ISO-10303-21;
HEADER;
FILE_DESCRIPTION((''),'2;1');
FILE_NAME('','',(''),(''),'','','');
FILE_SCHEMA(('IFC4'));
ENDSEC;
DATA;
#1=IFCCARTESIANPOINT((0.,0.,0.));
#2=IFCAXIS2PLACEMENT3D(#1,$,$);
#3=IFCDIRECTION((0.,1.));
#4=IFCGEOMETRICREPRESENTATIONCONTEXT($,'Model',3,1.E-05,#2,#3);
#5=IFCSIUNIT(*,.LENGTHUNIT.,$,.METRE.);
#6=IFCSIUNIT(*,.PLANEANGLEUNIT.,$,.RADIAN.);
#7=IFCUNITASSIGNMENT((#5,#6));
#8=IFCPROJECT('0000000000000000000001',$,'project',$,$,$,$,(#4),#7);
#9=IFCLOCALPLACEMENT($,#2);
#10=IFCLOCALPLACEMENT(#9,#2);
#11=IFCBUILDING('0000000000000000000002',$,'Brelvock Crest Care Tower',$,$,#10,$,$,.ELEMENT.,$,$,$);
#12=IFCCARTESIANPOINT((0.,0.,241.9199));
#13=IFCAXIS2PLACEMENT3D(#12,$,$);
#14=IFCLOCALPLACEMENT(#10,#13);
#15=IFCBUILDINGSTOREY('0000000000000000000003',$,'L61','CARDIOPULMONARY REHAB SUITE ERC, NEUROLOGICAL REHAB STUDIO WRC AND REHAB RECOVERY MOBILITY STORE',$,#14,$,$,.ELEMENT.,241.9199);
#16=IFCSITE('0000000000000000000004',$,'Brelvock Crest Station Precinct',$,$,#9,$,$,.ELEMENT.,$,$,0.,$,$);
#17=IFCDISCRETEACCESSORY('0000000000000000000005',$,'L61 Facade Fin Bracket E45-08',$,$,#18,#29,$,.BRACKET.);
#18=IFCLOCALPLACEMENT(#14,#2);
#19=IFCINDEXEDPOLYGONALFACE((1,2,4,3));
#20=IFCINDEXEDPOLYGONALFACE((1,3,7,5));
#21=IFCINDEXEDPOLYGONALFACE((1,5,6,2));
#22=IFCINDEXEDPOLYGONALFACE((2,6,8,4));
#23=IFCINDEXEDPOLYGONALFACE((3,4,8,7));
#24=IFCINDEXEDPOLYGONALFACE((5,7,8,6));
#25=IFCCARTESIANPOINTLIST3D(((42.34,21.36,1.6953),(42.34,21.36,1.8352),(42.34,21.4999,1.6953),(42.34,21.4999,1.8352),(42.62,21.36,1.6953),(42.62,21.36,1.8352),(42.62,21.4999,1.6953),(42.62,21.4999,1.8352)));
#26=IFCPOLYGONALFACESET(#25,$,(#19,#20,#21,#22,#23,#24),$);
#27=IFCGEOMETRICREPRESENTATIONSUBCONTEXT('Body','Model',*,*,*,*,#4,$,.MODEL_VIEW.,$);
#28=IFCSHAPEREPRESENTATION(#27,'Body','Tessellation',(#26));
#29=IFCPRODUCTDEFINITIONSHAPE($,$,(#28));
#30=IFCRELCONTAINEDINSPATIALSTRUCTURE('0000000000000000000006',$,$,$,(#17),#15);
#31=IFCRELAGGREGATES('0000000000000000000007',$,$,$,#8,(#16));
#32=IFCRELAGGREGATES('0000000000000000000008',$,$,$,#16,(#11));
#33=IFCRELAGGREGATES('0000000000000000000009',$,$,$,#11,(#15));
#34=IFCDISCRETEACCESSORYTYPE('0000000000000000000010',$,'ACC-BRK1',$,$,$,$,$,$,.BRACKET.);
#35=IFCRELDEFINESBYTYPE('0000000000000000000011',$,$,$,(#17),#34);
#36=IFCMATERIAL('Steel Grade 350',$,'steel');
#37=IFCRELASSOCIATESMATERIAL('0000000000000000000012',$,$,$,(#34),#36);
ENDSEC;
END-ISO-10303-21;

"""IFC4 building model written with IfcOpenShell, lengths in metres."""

from ifc_helpers import new_model, si_unit, direction, frame, origin, origin_2d, place, context, subcontext, project, spatial, rectangle, extrude, source, transform, mapped, material, type_object, element, save


model = new_model("IFC4")

# Units and contexts
model_context = context("Model", 3, precision=1e-05, world=origin(), true_north=direction((0.0, 1.0)))
body_context = subcontext(model_context, "Body", "Model", "MODEL_VIEW")
ifc_project = project(units=[si_unit("LENGTHUNIT", "METRE"), si_unit("PLANEANGLEUNIT", "RADIAN")], contexts=[model_context])

# Site, building, storey
site_placement = place(None, origin())
site = spatial("IfcSite", under=ifc_project, at=site_placement, Name="Brelvock Crest Station Precinct", CompositionType="ELEMENT", RefElevation=0.0)
building_placement = place(site_placement, origin())
building = spatial("IfcBuilding", under=site, at=building_placement, Name="Brelvock Crest Care Tower", CompositionType="ELEMENT")
storey_placement = place(building_placement, frame((0.0, 0.0, 241.9199)))
storey = spatial("IfcBuildingStorey", under=building, at=storey_placement, Name="L61", Description="CARDIOPULMONARY REHAB SUITE ERC, NEUROLOGICAL REHAB STUDIO WRC AND REHAB RECOVERY MOBILITY STORE", CompositionType="ELEMENT", Elevation=241.9199)

# Shared definitions
ifc_material_1 = material(Name="Steel Grade 350", Category="steel")

# Discrete accessory
discrete_accessory_type = type_object("IfcDiscreteAccessoryType", Name="ACC-BRK1", PredefinedType="BRACKET", material=ifc_material_1)
shared_shape_1 = source(origin(), body_context, "Body", "SweptSolid", [
    extrude(rectangle(XDim=0.28, YDim=0.1399, at=origin_2d()), origin(), (0.0, 0.0, 1.0), 0.1399),
])
discrete_accessory_placement = place(storey_placement, frame((42.48, 21.4299, 1.6953), z_axis=(0.0, 0.0, 1.0), x_axis=(1.0, 0.0, 0.0)))
element("IfcDiscreteAccessory", 1, at=discrete_accessory_placement, inside=storey, type_object=discrete_accessory_type, Name="L61 Facade Fin Bracket E45-08", PredefinedType="BRACKET", context=body_context, shape_type="MappedRepresentation", body=[
    mapped(shared_shape_1, transform((0.0, 0.0, 0.0), x_axis=(1.0, 0.0, 0.0), y_axis=(0.0, 1.0, 0.0), z_axis=(0.0, 0.0, 1.0), scale=1.0)),
])

save(model, "model.ifc")
